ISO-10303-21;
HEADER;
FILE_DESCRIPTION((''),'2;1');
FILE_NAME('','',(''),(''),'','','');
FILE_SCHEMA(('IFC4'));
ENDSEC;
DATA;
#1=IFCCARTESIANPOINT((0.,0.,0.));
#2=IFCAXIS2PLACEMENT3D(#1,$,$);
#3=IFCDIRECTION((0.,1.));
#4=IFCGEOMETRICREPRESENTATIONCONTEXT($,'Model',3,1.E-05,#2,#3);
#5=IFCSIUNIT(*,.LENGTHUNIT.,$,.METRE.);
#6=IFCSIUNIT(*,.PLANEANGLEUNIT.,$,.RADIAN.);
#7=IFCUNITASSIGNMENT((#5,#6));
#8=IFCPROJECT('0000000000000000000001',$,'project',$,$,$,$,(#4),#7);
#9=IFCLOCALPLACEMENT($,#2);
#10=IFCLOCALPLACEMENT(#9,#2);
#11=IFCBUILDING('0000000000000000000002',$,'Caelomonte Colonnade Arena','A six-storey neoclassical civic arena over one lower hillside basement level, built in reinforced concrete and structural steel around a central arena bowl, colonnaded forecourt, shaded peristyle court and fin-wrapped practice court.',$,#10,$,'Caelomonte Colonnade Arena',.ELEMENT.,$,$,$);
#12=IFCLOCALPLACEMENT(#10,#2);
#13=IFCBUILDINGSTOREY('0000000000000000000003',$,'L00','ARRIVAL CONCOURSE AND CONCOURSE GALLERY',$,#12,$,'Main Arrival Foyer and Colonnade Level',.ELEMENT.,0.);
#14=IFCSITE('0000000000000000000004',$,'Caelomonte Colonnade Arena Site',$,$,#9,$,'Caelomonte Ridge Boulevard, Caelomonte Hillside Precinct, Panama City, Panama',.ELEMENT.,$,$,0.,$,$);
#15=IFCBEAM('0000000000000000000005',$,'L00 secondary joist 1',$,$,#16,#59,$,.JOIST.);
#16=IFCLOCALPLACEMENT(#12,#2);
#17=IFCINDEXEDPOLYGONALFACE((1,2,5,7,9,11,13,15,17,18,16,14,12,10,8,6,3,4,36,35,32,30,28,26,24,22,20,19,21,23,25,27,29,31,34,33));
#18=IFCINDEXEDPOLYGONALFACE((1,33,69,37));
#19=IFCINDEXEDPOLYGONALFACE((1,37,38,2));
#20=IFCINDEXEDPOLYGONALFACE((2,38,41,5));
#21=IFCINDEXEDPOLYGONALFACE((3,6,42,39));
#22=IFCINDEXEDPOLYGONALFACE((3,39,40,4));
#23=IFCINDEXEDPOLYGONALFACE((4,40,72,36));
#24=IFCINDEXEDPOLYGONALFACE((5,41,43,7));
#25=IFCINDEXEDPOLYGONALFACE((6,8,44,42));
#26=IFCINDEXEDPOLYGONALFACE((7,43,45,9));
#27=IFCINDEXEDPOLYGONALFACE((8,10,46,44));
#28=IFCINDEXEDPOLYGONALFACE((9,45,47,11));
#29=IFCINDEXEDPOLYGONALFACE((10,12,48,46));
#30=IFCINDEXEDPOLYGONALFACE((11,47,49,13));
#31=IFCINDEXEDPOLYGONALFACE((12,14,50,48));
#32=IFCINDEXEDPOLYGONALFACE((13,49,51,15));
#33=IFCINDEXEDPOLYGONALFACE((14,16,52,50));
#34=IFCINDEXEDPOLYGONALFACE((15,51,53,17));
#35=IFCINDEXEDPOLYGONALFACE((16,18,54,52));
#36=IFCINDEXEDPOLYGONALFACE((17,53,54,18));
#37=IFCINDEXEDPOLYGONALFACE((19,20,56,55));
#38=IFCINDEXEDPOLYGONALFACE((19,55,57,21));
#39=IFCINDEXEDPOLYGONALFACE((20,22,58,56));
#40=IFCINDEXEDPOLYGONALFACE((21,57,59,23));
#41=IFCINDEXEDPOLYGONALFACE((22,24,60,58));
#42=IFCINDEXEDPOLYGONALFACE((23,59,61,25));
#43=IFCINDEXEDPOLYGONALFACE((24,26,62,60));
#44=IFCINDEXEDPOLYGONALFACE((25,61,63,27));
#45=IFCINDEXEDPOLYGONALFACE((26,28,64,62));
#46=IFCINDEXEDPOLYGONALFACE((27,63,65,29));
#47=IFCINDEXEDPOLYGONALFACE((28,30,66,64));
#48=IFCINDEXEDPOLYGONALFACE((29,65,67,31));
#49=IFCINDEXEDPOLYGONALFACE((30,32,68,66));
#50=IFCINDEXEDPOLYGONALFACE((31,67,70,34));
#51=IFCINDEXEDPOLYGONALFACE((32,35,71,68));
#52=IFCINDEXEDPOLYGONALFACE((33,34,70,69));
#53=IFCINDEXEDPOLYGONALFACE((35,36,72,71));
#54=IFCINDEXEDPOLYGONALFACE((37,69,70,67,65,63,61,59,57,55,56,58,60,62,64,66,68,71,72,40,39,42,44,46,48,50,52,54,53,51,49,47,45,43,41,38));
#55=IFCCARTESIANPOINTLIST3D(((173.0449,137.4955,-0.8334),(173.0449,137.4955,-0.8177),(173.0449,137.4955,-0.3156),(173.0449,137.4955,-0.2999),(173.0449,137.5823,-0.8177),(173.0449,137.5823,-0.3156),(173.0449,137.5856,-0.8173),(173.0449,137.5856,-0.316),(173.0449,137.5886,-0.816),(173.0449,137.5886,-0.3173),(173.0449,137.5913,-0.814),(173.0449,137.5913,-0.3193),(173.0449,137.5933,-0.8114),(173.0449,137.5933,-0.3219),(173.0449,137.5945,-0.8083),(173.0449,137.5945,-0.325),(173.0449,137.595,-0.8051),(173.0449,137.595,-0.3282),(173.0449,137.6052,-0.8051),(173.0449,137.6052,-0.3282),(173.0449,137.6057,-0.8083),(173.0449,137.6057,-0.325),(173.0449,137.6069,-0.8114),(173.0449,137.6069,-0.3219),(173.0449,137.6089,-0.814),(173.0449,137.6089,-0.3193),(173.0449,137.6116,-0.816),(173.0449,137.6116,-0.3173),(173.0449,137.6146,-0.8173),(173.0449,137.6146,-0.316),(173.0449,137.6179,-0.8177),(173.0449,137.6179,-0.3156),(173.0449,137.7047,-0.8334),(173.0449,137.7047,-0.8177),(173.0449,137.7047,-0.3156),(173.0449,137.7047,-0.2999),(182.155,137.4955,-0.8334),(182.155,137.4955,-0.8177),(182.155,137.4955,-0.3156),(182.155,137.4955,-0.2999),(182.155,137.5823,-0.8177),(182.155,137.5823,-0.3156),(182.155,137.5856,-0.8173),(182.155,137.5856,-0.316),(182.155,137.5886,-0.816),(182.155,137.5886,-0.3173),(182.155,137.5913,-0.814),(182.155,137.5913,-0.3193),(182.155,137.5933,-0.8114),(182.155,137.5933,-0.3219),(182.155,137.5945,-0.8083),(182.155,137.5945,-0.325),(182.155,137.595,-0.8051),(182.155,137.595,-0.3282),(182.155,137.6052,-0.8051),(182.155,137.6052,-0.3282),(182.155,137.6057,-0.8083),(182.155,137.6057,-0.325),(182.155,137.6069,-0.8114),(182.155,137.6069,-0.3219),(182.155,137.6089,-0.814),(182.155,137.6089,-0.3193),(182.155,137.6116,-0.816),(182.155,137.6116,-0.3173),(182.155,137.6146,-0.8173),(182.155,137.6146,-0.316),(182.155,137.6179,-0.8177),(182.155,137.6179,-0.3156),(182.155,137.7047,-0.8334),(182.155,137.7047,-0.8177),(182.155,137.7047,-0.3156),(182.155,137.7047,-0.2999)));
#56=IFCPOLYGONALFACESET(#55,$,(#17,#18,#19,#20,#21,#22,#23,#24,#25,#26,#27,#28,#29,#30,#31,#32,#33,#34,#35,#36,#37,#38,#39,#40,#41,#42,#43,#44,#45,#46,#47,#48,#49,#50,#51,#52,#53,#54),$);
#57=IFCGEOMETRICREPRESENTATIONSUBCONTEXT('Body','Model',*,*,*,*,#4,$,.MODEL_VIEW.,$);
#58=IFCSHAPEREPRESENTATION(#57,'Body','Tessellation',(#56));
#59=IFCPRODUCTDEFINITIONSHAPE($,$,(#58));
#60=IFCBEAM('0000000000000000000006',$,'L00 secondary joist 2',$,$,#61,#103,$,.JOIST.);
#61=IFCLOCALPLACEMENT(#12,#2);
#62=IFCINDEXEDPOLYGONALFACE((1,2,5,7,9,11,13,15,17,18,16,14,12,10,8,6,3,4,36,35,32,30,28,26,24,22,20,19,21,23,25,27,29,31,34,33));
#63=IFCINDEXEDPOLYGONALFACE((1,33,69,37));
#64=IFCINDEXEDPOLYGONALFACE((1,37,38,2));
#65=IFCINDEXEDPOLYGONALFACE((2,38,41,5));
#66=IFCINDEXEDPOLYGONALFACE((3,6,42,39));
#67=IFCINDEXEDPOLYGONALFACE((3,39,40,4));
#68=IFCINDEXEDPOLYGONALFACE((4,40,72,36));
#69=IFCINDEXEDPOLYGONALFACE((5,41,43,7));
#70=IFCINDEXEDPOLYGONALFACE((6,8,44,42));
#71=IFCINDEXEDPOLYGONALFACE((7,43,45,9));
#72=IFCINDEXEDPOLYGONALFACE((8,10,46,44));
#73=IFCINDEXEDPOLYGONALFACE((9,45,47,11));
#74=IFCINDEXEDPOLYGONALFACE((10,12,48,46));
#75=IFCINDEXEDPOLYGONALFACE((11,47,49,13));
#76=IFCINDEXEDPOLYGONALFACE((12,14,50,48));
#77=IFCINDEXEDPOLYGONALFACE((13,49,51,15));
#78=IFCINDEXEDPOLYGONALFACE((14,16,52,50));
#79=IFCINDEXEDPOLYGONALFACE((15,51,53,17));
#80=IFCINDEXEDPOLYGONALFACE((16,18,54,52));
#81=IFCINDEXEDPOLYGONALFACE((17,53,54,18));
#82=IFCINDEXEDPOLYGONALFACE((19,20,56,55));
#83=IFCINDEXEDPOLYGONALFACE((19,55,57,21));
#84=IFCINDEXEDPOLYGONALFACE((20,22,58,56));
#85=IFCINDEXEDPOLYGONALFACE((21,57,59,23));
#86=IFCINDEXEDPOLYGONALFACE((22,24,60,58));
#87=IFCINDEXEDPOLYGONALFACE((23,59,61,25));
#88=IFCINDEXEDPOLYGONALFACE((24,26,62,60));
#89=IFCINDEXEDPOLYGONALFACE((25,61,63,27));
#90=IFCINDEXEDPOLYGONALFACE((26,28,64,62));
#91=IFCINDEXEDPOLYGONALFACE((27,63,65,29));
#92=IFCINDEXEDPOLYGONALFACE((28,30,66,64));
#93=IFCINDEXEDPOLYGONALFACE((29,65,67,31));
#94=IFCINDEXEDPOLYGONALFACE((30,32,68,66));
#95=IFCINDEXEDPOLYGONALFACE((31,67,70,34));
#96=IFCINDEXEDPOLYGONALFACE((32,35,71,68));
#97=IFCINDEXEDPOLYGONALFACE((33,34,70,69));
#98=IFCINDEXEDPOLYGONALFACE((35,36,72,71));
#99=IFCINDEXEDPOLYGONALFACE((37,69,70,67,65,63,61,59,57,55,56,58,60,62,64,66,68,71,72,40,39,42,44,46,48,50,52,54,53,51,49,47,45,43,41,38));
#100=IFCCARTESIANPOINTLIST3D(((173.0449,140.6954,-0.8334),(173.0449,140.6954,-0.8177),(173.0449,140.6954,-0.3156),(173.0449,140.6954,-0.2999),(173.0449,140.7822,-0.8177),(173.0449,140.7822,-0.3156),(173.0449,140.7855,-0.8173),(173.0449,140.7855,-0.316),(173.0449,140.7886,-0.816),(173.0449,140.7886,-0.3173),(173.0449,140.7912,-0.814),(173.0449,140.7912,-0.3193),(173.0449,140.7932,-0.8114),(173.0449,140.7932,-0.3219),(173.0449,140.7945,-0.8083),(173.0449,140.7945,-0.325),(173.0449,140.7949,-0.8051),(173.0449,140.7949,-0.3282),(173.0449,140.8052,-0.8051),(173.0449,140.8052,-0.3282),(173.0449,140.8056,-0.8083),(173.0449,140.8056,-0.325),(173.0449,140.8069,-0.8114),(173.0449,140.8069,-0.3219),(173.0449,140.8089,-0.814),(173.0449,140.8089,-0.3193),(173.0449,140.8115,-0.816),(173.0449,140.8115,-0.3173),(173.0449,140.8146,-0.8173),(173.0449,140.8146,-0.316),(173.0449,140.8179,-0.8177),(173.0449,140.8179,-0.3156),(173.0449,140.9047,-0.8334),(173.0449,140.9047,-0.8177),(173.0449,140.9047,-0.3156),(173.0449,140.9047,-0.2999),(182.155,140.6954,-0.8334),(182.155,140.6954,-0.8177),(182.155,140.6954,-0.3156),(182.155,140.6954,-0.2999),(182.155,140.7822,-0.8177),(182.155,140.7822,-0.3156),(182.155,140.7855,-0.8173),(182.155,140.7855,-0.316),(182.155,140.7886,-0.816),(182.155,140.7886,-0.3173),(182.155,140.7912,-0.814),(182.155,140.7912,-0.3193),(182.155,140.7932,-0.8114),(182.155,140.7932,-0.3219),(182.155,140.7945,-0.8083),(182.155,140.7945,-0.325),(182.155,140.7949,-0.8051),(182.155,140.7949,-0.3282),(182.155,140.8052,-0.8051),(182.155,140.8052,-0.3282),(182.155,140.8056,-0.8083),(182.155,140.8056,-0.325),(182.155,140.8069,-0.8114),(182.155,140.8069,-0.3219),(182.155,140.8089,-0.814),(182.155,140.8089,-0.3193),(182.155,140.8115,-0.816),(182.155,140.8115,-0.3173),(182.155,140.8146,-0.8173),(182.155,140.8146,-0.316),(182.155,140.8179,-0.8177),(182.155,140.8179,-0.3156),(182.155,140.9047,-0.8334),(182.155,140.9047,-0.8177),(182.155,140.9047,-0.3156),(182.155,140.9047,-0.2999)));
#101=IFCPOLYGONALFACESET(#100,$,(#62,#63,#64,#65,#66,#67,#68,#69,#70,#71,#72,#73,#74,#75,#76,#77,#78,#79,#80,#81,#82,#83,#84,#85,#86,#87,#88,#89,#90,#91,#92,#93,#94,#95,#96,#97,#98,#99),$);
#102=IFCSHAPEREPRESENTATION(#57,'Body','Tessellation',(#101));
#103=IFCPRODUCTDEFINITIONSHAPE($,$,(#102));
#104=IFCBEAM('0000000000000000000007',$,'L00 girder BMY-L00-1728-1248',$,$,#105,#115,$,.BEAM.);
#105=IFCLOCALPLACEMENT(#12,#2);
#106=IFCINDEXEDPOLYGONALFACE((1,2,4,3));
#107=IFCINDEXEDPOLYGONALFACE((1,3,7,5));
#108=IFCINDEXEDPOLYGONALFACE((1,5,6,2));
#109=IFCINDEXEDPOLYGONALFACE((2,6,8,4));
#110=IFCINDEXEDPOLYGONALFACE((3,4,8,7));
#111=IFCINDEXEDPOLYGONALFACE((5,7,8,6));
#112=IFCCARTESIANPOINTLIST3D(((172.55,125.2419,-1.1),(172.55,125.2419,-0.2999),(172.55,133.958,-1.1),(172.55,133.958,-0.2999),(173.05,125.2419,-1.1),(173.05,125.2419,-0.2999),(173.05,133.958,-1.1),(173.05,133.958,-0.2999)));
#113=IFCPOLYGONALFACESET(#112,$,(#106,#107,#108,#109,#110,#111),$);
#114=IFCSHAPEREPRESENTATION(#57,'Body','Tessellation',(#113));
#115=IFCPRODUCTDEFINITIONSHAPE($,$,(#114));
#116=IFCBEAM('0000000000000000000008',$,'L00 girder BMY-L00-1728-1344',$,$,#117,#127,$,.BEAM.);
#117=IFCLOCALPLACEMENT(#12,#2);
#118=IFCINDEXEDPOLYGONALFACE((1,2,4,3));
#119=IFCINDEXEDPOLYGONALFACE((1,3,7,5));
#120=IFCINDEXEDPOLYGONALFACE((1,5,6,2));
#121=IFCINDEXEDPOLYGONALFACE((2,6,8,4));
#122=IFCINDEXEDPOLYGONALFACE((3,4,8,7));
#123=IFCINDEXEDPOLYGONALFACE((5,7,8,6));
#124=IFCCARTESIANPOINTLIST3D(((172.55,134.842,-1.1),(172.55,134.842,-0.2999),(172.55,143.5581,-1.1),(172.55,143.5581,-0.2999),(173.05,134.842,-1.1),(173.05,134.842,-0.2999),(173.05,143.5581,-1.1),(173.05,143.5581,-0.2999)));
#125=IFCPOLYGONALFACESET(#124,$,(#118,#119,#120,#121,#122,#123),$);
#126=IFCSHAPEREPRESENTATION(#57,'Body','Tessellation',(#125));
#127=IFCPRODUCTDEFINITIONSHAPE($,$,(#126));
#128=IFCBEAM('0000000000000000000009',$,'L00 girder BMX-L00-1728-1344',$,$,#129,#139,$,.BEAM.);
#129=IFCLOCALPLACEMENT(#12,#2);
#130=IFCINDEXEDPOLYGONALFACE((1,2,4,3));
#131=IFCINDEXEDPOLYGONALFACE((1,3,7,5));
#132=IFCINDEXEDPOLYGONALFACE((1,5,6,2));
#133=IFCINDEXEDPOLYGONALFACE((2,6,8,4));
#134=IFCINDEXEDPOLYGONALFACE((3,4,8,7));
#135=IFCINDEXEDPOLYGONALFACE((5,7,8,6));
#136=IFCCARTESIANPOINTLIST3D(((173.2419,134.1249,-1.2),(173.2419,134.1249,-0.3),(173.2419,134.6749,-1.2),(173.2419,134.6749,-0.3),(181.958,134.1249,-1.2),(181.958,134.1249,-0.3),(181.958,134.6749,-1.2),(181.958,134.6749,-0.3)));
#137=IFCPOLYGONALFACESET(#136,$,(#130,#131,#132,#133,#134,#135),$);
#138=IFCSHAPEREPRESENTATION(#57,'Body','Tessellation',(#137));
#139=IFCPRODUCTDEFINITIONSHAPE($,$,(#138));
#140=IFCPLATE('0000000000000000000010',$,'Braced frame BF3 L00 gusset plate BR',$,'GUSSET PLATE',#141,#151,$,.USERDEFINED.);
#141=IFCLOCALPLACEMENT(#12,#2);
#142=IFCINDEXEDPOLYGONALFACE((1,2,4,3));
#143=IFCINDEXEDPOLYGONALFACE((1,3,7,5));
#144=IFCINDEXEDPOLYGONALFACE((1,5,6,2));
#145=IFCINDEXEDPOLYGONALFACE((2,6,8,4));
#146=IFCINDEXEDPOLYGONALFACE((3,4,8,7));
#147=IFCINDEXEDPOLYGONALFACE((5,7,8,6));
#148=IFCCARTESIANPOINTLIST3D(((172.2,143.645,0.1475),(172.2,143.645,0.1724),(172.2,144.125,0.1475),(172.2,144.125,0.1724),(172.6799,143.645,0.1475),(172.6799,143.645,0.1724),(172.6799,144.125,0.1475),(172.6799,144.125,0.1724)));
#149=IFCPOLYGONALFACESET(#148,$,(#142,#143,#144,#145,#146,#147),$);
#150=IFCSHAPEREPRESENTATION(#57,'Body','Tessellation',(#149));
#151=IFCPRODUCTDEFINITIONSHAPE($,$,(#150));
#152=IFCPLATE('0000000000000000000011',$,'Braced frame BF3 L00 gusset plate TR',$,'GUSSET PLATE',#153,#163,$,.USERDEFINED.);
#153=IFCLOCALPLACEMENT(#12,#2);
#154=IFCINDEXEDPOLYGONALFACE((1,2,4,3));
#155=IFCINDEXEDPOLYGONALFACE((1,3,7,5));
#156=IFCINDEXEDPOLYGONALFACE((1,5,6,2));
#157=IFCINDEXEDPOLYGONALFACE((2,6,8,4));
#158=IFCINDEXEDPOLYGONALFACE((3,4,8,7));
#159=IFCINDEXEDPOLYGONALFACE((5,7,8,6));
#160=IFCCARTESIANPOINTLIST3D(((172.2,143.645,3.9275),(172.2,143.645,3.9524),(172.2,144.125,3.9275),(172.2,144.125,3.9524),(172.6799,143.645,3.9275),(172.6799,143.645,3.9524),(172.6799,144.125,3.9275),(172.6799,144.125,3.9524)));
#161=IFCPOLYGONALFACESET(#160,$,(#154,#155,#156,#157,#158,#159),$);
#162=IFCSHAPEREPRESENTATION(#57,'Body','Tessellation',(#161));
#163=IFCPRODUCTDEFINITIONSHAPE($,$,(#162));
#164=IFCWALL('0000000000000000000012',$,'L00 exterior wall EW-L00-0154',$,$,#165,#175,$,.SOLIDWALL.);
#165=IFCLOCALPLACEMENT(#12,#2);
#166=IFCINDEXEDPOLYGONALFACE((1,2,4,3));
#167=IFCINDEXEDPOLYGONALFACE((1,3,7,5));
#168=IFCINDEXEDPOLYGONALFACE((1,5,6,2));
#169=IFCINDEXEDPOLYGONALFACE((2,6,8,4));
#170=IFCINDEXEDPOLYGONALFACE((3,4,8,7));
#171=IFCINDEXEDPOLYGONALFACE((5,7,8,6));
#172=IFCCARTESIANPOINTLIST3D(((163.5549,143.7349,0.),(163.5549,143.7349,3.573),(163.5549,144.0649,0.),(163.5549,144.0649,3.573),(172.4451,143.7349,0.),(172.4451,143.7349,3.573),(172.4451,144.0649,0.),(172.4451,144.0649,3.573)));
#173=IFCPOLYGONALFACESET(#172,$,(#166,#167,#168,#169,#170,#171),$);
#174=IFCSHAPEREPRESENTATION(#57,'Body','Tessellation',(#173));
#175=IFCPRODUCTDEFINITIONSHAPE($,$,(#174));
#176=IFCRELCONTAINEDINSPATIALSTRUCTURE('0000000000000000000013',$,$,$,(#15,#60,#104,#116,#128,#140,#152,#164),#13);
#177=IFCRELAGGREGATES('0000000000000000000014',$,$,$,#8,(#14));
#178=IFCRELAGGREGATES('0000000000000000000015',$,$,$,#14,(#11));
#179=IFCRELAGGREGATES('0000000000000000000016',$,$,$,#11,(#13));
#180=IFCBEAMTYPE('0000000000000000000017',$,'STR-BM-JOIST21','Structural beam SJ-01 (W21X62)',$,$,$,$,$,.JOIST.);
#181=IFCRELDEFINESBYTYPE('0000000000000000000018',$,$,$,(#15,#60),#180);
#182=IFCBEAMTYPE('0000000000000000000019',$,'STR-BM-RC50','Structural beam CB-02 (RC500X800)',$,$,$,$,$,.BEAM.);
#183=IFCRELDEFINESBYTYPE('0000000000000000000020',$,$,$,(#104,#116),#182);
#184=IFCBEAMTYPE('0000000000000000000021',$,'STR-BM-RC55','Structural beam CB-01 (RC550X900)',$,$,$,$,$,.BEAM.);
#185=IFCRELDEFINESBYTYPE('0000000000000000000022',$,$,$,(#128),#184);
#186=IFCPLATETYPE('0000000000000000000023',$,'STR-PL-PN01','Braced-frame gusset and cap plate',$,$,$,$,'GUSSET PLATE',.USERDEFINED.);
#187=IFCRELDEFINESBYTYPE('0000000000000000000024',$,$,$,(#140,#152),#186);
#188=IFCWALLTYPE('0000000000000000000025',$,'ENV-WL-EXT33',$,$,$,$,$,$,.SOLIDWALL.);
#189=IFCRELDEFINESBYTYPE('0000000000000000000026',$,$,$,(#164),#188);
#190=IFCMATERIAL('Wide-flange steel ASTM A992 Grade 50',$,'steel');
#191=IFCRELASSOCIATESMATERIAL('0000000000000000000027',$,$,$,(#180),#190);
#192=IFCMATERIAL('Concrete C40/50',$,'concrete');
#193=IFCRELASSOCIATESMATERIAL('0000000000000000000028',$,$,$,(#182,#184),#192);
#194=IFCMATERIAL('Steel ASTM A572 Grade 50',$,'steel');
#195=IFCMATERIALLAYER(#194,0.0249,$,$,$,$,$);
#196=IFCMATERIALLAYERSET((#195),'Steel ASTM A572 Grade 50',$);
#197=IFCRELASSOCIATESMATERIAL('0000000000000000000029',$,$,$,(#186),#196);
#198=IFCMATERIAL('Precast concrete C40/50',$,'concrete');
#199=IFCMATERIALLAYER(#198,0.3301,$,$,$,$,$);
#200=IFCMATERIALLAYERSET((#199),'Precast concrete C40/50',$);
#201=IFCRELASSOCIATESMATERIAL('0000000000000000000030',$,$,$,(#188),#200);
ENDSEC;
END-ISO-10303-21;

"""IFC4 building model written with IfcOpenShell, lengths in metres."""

from ifc_helpers import new_model, si_unit, direction, frame, frame_2d, origin, origin_2d, place, context, subcontext, project, spatial, rectangle, i_section, extrude, material, layer, layer_set, material_profile, profile_set, type_object, element, save


model = new_model("IFC4")

# Units and contexts
model_context = context("Model", 3, precision=1e-05, world=origin(), true_north=direction((0.0, 1.0)))
body_context = subcontext(model_context, "Body", "Model", "MODEL_VIEW")
ifc_project = project(units=[si_unit("LENGTHUNIT", "METRE"), si_unit("PLANEANGLEUNIT", "RADIAN")], contexts=[model_context])

# Site, building, storey
site_placement = place(None, origin())
site = spatial("IfcSite", under=ifc_project, at=site_placement, Name="Caelomonte Colonnade Arena Site", LongName="Caelomonte Ridge Boulevard, Caelomonte Hillside Precinct, Panama City, Panama", CompositionType="ELEMENT", RefElevation=0.0)
building_placement = place(site_placement, origin())
building = spatial("IfcBuilding", under=site, at=building_placement, Name="Caelomonte Colonnade Arena", Description="A six-storey neoclassical civic arena over one lower hillside basement level, built in reinforced concrete and structural steel around a central arena bowl, colonnaded forecourt, shaded peristyle court and fin-wrapped practice court.", LongName="Caelomonte Colonnade Arena", CompositionType="ELEMENT")
storey_placement = place(building_placement, origin())
storey = spatial("IfcBuildingStorey", under=building, at=storey_placement, Name="L00", Description="ARRIVAL CONCOURSE AND CONCOURSE GALLERY", LongName="Main Arrival Foyer and Colonnade Level", CompositionType="ELEMENT", Elevation=0.0)

# Shared definitions
ifc_material_1 = material(Name="Concrete C40/50", Category="concrete")

# Beams
ifc_material_2 = material(Name="Wide-flange steel ASTM A992 Grade 50", Category="steel")
ifc_material_profile_1 = material_profile(ifc_material_2, i_section(OverallWidth=0.2092, OverallDepth=0.5334, WebThickness=0.0103, FlangeThickness=0.0156, FilletRadius=0.0127, at=origin_2d()), Name="W21X62")
ifc_profile_set_1 = profile_set([ifc_material_profile_1], Name="Wide-flange steel ASTM A992 Grade 50")
beam_type_1 = type_object("IfcBeamType", Name="STR-BM-JOIST21", Description="Structural beam SJ-01 (W21X62)", PredefinedType="JOIST", material=ifc_profile_set_1)
for number, where, z_axis, x_axis, name in (
    (1, (173.0449, 137.6001, -0.5667), (1.0, 0.0, 0.0), (0.0, 1.0, 0.0), "L00 secondary joist 1"),
    (2, (173.0449, 140.8, -0.5667), (1.0, 0.0, 0.0), (0.0, 1.0, 0.0), "L00 secondary joist 2"),
):
    element("IfcBeam", number, at=place(storey_placement, frame(where, z_axis=z_axis, x_axis=x_axis)), inside=storey, type_object=beam_type_1, Name=name, PredefinedType="JOIST", context=body_context, shape_type="SweptSolid", body=[
        extrude(i_section(OverallWidth=0.2092, OverallDepth=0.5334, WebThickness=0.0103, FlangeThickness=0.0156, FilletRadius=0.0127, at=origin_2d()), origin(), (0.0, 0.0, 1.0), 9.1101),
    ])
ifc_material_profile_2 = material_profile(ifc_material_1, rectangle(XDim=0.5, YDim=0.8, at=origin_2d()), Name="RC500X800")
ifc_profile_set_2 = profile_set([ifc_material_profile_2], Name="Concrete C40/50")
beam_type_2 = type_object("IfcBeamType", Name="STR-BM-RC50", Description="Structural beam CB-02 (RC500X800)", PredefinedType="BEAM", material=ifc_profile_set_2)
for number, where, z_axis, x_axis, name in (
    (3, (172.8, 125.2419, -0.7), (0.0, 1.0, 0.0), (-1.0, 0.0, 0.0), "L00 girder BMY-L00-1728-1248"),
    (4, (172.8, 134.842, -0.7), (0.0, 1.0, 0.0), (-1.0, 0.0, 0.0), "L00 girder BMY-L00-1728-1344"),
):
    element("IfcBeam", number, at=place(storey_placement, frame(where, z_axis=z_axis, x_axis=x_axis)), inside=storey, type_object=beam_type_2, Name=name, PredefinedType="BEAM", context=body_context, shape_type="SweptSolid", body=[
        extrude(rectangle(XDim=0.5, YDim=0.8, at=origin_2d()), origin(), (0.0, 0.0, 1.0), 8.7161),
    ])
ifc_material_profile_3 = material_profile(ifc_material_1, rectangle(XDim=0.55, YDim=0.8999, at=origin_2d()), Name="RC550X900")
ifc_profile_set_3 = profile_set([ifc_material_profile_3], Name="Concrete C40/50")
beam_type_3 = type_object("IfcBeamType", Name="STR-BM-RC55", Description="Structural beam CB-01 (RC550X900)", PredefinedType="BEAM", material=ifc_profile_set_3)
beam_placement = place(storey_placement, frame((173.2419, 134.3999, -0.75), z_axis=(1.0, 0.0, 0.0), x_axis=(0.0, 1.0, 0.0)))
element("IfcBeam", 5, at=beam_placement, inside=storey, type_object=beam_type_3, Name="L00 girder BMX-L00-1728-1344", PredefinedType="BEAM", context=body_context, shape_type="SweptSolid", body=[
    extrude(rectangle(XDim=0.55, YDim=0.8999, at=origin_2d()), origin(), (0.0, 0.0, 1.0), 8.7161),
])

# Plates
ifc_material_3 = material(Name="Steel ASTM A572 Grade 50", Category="steel")
ifc_layer_1 = layer(ifc_material_3, 0.0249)
ifc_layer_set_1 = layer_set([ifc_layer_1], Name="Steel ASTM A572 Grade 50")
plate_type = type_object("IfcPlateType", Name="STR-PL-PN01", Description="Braced-frame gusset and cap plate", ElementType="GUSSET PLATE", PredefinedType="USERDEFINED", material=ifc_layer_set_1)
for number, where, z_axis, x_axis, name in (
    (6, (172.4399, 143.885, 0.1475), (0.0, 0.0, 1.0), (1.0, 0.0, 0.0), "Braced frame BF3 L00 gusset plate BR"),
    (7, (172.4399, 143.885, 3.9275), (0.0, 0.0, 1.0), (1.0, 0.0, 0.0), "Braced frame BF3 L00 gusset plate TR"),
):
    element("IfcPlate", number, at=place(storey_placement, frame(where, z_axis=z_axis, x_axis=x_axis)), inside=storey, type_object=plate_type, Name=name, ObjectType="GUSSET PLATE", PredefinedType="USERDEFINED", context=body_context, shape_type="SweptSolid", body=[
        extrude(rectangle(XDim=0.48, YDim=0.48, at=origin_2d()), origin(), (0.0, 0.0, 1.0), 0.0249),
    ])

# Wall
ifc_material_4 = material(Name="Precast concrete C40/50", Category="concrete")
ifc_layer_2 = layer(ifc_material_4, 0.3301)
ifc_layer_set_2 = layer_set([ifc_layer_2], Name="Precast concrete C40/50")
wall_type = type_object("IfcWallType", Name="ENV-WL-EXT33", PredefinedType="SOLIDWALL", material=ifc_layer_set_2)
wall_placement = place(storey_placement, frame((172.4451, 143.8999, 0.0), z_axis=(0.0, 0.0, 1.0), x_axis=(-1.0, 0.0, 0.0)))
element("IfcWall", 8, at=wall_placement, inside=storey, type_object=wall_type, Name="L00 exterior wall EW-L00-0154", PredefinedType="SOLIDWALL", context=body_context, shape_type="SweptSolid", body=[
    extrude(rectangle(XDim=8.8901, YDim=0.3301, at=frame_2d((4.4451, 0.0))), origin(), (0.0, 0.0, 1.0), 3.573),
])

save(model, "model.ifc")
